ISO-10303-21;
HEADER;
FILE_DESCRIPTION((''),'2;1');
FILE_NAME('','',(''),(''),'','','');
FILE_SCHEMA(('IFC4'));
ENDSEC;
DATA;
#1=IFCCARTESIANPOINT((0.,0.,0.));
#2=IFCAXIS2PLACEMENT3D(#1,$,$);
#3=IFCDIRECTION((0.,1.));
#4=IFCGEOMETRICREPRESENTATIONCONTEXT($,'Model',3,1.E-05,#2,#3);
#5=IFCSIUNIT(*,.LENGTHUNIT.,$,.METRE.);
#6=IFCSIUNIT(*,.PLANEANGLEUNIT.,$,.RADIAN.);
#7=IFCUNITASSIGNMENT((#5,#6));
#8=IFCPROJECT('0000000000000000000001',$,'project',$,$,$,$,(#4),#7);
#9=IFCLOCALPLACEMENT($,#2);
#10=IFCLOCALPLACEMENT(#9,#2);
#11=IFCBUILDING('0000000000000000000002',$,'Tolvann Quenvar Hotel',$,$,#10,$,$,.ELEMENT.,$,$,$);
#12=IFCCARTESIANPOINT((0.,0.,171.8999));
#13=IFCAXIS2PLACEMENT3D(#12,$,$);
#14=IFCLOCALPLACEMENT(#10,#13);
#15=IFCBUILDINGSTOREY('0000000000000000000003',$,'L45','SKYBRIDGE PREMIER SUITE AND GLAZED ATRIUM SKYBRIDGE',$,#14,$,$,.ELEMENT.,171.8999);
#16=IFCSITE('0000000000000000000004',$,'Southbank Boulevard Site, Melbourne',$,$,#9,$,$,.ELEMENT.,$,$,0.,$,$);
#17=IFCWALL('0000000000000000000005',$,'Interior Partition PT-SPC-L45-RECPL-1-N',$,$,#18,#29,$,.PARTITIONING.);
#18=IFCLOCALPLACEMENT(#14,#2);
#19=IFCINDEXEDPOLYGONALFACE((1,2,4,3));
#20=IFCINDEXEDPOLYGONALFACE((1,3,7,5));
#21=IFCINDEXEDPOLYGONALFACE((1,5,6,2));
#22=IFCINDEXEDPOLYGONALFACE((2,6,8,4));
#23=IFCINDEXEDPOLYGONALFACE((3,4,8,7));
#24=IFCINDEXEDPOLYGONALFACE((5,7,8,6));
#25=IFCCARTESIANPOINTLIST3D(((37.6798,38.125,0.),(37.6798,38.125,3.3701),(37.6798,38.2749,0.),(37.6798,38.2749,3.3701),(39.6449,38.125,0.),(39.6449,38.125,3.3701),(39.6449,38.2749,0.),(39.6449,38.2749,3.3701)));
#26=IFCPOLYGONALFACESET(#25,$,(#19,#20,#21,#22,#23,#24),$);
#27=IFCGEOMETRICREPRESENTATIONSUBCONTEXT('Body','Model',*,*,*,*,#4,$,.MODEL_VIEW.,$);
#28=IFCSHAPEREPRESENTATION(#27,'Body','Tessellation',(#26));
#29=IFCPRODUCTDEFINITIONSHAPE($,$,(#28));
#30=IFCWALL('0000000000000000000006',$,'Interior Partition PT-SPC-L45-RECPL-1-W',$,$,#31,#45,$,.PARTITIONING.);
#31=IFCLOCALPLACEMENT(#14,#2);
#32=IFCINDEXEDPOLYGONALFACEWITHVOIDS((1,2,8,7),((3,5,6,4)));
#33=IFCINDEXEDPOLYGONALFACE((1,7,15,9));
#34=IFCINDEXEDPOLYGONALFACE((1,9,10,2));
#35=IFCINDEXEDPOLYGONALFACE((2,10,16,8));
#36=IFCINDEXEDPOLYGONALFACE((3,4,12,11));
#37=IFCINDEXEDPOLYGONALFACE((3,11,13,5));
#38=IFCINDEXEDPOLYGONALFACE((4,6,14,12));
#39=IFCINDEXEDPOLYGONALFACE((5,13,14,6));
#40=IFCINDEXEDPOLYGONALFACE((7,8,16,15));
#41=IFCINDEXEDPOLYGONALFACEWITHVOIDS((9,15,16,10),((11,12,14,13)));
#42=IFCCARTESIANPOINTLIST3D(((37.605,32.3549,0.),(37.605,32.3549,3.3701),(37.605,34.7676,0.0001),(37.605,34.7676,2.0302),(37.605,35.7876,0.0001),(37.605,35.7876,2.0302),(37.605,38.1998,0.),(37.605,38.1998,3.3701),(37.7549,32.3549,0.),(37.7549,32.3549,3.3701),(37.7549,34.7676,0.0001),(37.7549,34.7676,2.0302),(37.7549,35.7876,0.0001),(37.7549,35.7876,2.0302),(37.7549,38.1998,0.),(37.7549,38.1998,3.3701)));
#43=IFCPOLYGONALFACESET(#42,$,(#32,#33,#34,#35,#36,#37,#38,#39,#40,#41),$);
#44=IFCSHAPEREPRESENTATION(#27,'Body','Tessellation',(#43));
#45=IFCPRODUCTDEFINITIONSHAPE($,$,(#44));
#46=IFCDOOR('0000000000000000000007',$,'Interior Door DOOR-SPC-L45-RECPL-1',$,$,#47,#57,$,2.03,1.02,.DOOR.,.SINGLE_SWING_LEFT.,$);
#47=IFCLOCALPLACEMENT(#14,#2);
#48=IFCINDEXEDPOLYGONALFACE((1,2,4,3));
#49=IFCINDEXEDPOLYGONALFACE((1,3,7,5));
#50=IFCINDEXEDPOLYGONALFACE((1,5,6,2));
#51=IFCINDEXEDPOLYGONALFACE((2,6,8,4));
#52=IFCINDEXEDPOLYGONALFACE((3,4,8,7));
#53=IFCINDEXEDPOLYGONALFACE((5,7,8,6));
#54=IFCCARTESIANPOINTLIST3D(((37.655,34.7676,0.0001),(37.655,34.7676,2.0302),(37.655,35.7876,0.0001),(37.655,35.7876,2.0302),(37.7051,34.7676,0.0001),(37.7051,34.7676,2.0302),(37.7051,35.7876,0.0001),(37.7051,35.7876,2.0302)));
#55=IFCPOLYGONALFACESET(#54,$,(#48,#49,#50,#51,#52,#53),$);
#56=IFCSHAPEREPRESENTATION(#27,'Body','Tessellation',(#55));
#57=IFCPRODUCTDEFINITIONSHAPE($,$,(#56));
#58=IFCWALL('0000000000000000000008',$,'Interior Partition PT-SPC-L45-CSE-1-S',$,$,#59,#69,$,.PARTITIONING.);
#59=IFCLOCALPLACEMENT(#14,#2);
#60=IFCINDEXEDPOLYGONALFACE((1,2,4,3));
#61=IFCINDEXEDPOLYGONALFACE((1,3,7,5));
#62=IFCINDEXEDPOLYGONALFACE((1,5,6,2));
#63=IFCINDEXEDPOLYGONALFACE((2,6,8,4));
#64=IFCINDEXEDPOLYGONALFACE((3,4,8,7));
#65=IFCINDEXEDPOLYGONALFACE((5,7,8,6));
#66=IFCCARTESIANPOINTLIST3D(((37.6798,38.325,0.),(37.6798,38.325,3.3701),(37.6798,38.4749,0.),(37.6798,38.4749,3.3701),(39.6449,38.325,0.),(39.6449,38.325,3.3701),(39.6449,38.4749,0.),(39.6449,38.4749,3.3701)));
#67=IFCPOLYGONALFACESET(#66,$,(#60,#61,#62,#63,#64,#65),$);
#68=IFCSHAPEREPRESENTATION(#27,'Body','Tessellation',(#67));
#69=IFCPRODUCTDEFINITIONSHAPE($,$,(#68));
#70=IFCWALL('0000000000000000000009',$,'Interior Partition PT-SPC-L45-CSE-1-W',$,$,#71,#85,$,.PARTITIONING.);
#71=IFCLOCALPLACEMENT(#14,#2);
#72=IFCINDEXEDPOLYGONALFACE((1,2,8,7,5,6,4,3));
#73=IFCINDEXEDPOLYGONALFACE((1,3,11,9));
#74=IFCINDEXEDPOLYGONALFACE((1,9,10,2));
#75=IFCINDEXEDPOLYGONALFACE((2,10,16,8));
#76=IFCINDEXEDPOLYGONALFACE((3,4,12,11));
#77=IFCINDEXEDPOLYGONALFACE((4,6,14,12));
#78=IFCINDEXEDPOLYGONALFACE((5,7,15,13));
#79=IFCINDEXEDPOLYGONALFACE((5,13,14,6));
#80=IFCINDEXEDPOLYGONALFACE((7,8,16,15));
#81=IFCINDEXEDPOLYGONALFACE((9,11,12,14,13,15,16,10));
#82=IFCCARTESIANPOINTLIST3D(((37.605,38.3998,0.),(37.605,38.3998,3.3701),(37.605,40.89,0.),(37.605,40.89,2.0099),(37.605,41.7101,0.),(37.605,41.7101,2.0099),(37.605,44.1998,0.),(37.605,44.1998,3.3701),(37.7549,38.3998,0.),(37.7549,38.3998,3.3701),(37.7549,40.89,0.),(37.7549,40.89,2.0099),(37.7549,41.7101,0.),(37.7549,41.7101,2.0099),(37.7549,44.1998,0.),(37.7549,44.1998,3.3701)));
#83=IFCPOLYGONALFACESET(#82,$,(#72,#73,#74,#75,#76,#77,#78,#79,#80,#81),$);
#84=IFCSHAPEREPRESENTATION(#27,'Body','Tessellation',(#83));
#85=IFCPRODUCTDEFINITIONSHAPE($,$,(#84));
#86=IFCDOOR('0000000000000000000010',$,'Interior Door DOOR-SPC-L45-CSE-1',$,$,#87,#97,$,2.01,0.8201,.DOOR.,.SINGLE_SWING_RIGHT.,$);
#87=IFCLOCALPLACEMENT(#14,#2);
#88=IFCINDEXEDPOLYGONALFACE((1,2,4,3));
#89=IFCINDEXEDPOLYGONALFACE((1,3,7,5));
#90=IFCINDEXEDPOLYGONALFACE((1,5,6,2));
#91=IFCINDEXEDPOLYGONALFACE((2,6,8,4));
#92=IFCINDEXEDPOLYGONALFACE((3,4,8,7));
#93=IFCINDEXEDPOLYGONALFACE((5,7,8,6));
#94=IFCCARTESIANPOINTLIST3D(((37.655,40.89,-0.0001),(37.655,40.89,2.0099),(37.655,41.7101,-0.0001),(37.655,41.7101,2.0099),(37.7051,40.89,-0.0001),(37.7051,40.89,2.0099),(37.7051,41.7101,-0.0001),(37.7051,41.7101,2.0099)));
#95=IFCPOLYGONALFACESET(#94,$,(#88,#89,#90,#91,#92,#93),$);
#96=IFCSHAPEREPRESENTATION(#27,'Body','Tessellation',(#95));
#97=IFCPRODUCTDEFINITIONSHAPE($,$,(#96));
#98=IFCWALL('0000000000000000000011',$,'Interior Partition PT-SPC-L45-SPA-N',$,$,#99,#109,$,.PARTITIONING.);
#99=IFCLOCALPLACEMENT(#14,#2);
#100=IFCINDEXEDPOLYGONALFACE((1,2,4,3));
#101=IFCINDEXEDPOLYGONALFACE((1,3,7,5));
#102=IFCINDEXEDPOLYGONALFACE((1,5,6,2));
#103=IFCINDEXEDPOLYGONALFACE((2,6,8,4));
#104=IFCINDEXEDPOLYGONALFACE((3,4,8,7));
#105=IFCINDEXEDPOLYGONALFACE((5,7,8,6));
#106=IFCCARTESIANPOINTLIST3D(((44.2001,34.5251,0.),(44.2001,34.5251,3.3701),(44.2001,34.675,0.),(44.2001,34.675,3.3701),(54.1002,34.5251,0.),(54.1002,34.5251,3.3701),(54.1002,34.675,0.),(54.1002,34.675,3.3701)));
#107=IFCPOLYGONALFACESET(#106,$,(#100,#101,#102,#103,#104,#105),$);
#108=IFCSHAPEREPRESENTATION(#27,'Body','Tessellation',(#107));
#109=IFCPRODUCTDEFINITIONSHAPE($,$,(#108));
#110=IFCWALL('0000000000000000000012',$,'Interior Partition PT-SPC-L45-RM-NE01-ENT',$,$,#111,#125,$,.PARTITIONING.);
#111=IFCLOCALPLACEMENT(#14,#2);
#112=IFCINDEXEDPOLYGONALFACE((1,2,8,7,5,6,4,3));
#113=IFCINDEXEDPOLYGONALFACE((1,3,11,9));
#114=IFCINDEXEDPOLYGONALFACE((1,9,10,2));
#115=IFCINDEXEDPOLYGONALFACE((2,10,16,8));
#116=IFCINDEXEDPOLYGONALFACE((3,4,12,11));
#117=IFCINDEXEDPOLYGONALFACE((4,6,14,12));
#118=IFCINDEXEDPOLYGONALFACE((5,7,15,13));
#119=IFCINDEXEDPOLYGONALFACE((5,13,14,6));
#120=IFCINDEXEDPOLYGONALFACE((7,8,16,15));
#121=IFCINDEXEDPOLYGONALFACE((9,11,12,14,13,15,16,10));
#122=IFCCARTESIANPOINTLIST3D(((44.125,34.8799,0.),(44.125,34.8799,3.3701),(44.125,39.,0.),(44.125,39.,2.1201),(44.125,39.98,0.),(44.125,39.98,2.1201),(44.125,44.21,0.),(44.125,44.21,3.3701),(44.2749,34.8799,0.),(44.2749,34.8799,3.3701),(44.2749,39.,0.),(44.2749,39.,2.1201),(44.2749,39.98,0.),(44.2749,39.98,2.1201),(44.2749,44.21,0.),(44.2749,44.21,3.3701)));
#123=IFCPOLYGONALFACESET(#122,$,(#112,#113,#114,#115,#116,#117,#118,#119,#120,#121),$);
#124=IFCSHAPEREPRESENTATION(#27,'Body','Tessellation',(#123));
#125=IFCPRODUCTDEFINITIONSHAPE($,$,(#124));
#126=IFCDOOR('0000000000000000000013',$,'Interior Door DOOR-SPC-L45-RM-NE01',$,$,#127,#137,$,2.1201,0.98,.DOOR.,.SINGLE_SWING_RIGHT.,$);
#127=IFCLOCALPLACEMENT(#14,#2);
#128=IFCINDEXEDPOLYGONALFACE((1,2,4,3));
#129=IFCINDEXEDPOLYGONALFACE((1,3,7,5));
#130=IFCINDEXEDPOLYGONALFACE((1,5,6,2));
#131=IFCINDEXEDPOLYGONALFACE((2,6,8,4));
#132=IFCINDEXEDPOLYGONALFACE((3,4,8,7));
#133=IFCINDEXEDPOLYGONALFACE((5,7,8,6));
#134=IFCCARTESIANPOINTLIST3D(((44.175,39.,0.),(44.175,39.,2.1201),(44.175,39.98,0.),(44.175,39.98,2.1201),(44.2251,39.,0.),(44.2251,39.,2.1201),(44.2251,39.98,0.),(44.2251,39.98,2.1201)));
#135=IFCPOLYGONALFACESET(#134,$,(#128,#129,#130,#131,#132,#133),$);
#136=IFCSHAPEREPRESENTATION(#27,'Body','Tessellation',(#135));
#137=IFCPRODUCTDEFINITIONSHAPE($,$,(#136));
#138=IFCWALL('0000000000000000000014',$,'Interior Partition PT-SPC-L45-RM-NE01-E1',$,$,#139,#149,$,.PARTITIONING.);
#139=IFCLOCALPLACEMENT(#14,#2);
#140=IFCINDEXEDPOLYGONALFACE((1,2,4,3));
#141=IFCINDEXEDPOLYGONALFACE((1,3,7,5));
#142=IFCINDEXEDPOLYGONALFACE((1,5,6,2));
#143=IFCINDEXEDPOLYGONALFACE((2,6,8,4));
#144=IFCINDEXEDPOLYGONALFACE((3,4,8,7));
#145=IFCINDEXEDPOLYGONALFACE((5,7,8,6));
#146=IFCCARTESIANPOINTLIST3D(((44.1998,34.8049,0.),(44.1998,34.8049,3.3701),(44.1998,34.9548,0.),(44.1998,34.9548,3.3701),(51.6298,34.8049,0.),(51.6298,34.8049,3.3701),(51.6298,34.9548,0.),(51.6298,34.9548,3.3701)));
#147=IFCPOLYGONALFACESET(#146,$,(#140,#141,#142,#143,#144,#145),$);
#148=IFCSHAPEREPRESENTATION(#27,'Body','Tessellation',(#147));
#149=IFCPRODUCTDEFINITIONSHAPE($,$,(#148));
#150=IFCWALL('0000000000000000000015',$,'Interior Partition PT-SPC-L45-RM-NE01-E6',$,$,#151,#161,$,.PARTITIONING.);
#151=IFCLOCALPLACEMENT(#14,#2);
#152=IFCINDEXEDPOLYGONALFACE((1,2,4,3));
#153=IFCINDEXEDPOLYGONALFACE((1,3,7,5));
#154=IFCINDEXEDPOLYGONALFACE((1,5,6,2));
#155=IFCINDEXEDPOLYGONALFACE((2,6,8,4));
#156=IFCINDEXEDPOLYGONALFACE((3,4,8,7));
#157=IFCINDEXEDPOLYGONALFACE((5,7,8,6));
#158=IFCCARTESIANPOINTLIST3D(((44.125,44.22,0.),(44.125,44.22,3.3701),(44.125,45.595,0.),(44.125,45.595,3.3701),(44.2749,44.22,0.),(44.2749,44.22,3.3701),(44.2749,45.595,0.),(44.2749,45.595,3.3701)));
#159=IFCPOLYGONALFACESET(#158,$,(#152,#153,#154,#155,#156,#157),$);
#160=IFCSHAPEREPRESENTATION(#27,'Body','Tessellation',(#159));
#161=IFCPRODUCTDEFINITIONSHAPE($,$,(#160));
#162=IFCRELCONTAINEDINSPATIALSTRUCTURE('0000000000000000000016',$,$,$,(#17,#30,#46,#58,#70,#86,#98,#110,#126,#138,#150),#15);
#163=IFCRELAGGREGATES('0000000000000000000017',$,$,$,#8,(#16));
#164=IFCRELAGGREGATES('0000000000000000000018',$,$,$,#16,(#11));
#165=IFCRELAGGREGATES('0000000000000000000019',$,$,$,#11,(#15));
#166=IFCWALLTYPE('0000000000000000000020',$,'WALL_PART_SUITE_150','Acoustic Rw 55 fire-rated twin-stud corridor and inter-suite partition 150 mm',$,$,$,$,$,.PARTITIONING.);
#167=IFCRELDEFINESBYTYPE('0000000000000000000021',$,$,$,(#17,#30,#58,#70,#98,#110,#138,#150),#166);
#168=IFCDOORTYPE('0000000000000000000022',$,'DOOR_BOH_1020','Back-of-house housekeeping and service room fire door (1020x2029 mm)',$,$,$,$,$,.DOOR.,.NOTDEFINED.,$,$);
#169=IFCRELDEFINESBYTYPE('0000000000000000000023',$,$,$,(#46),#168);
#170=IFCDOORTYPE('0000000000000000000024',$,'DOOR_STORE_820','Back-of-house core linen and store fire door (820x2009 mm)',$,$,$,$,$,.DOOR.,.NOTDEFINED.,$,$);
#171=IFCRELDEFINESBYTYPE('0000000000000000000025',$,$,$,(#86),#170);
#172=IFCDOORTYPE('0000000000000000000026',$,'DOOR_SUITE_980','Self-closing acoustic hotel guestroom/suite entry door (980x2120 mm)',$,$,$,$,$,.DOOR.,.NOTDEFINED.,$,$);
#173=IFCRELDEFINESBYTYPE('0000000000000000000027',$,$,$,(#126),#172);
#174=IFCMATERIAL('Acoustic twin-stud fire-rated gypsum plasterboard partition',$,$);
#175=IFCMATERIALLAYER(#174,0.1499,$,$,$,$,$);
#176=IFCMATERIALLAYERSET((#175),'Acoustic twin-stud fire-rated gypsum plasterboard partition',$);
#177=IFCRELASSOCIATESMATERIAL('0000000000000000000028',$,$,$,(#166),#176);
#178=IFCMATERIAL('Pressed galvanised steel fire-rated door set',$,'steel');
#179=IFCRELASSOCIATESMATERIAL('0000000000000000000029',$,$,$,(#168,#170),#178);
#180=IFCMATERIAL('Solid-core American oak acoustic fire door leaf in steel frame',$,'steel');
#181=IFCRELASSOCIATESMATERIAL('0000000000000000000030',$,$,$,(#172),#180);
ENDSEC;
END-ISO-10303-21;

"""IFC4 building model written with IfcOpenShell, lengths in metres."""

from ifc_helpers import new_model, si_unit, direction, frame, frame_2d, origin, place, context, subcontext, project, spatial, rectangle, extrude, source, transform, mapped, material, layer, layer_set, type_object, type_shapes, element, fill, save


model = new_model("IFC4")

# Units and contexts
model_context = context("Model", 3, precision=1e-05, world=origin(), true_north=direction((0.0, 1.0)))
body_context = subcontext(model_context, "Body", "Model", "MODEL_VIEW")
ifc_project = project(units=[si_unit("LENGTHUNIT", "METRE"), si_unit("PLANEANGLEUNIT", "RADIAN")], contexts=[model_context])

# Site, building, storey
site_placement = place(None, origin())
site = spatial("IfcSite", under=ifc_project, at=site_placement, Name="Southbank Boulevard Site, Melbourne", CompositionType="ELEMENT", RefElevation=0.0)
building_placement = place(site_placement, origin())
building = spatial("IfcBuilding", under=site, at=building_placement, Name="Tolvann Quenvar Hotel", CompositionType="ELEMENT")
storey_placement = place(building_placement, frame((0.0, 0.0, 171.8999)))
storey = spatial("IfcBuildingStorey", under=building, at=storey_placement, Name="L45", Description="SKYBRIDGE PREMIER SUITE AND GLAZED ATRIUM SKYBRIDGE", CompositionType="ELEMENT", Elevation=171.8999)

# Wall
ifc_material_1 = material(Name="Acoustic twin-stud fire-rated gypsum plasterboard partition")
ifc_layer_1 = layer(ifc_material_1, 0.1499)
ifc_layer_set_1 = layer_set([ifc_layer_1], Name="Acoustic twin-stud fire-rated gypsum plasterboard partition")
wall_type_1 = type_object("IfcWallType", Name="WALL_PART_SUITE_150", Description="Acoustic Rw 55 fire-rated twin-stud corridor and inter-suite partition 150 mm", PredefinedType="PARTITIONING", material=ifc_layer_set_1)
wall_1_placement = place(storey_placement, frame((37.6799, 38.2, 0.0), z_axis=(0.0, 0.0, 1.0), x_axis=(1.0, 0.0, 0.0)))
element("IfcWall", 1, at=wall_1_placement, inside=storey, type_object=wall_type_1, Name="Interior Partition PT-SPC-L45-RECPL-1-N", PredefinedType="PARTITIONING", context=body_context, shape_type="SweptSolid", body=[
    extrude(rectangle(XDim=1.9651, YDim=0.1499, at=frame_2d((0.9824, 0.0))), origin(), (0.0, 0.0, 1.0), 3.3701),
])

# Wall, opening, door
wall_2_placement = place(storey_placement, frame((37.6799, 32.355, 0.0), z_axis=(0.0, 0.0, 1.0), x_axis=(0.0, 1.0, 0.0)))
wall_2 = element("IfcWall", 2, at=wall_2_placement, inside=storey, type_object=wall_type_1, Name="Interior Partition PT-SPC-L45-RECPL-1-W", PredefinedType="PARTITIONING", context=body_context, shape_type="SweptSolid", body=[
    extrude(rectangle(XDim=5.845, YDim=0.1499, at=frame_2d((2.9224, 0.0))), origin(), (0.0, 0.0, 1.0), 3.3701),
])
opening_1_placement = place(wall_2_placement, frame((2.4126, 0.0, 0.0)))
opening_1 = element("IfcOpeningElement", 3, at=opening_1_placement, cuts=wall_2, PredefinedType="OPENING", context=body_context, shape_type="SweptSolid", body=[
    extrude(rectangle(XDim=1.02, YDim=2.03, at=frame_2d((0.51, 1.0151))), frame((0.0, 0.085, 0.0), z_axis=(0.0, -1.0, 0.0), x_axis=(1.0, 0.0, 0.0)), (0.0, 0.0, 1.0), 0.1699),
])
ifc_material_2 = material(Name="Pressed galvanised steel fire-rated door set", Category="steel")
door_type_1 = type_object("IfcDoorType", Name="DOOR_BOH_1020", Description="Back-of-house housekeeping and service room fire door (1020x2029 mm)", OperationType="NOTDEFINED", PredefinedType="DOOR", material=ifc_material_2)
shared_shape_1 = source(origin(), body_context, "Body", "SweptSolid", [
    extrude(rectangle(XDim=1.02, YDim=2.03, at=frame_2d((0.51, 1.0151))), frame((0.0, 0.0249, 0.0), z_axis=(0.0, -1.0, 0.0), x_axis=(1.0, 0.0, 0.0)), (0.0, 0.0, 1.0), 0.05),
])
type_shapes(door_type_1, [shared_shape_1])
door_1_placement = place(opening_1_placement, origin())
door_1 = element("IfcDoor", 4, at=door_1_placement, inside=storey, type_object=door_type_1, Name="Interior Door DOOR-SPC-L45-RECPL-1", OperationType="SINGLE_SWING_LEFT", OverallHeight=2.03, OverallWidth=1.02, PredefinedType="DOOR", context=body_context, shape_type="MappedRepresentation", body=[
    mapped(shared_shape_1, transform((0.0, 0.0, 0.0), x_axis=(1.0, 0.0, 0.0), y_axis=(0.0, 1.0, 0.0), z_axis=(0.0, 0.0, 1.0), scale=1.0)),
])
fill(opening_1, door_1)

# Wall
wall_3_placement = place(storey_placement, frame((37.6799, 38.3999, 0.0), z_axis=(0.0, 0.0, 1.0), x_axis=(1.0, 0.0, 0.0)))
element("IfcWall", 5, at=wall_3_placement, inside=storey, type_object=wall_type_1, Name="Interior Partition PT-SPC-L45-CSE-1-S", PredefinedType="PARTITIONING", context=body_context, shape_type="SweptSolid", body=[
    extrude(rectangle(XDim=1.9651, YDim=0.1499, at=frame_2d((0.9824, 0.0))), origin(), (0.0, 0.0, 1.0), 3.3701),
])

# Wall, opening, door
wall_4_placement = place(storey_placement, frame((37.6799, 38.3999, 0.0), z_axis=(0.0, 0.0, 1.0), x_axis=(0.0, 1.0, 0.0)))
wall_4 = element("IfcWall", 6, at=wall_4_placement, inside=storey, type_object=wall_type_1, Name="Interior Partition PT-SPC-L45-CSE-1-W", PredefinedType="PARTITIONING", context=body_context, shape_type="SweptSolid", body=[
    extrude(rectangle(XDim=5.8, YDim=0.1499, at=frame_2d((2.8999, 0.0))), origin(), (0.0, 0.0, 1.0), 3.3701),
])
opening_2_placement = place(wall_4_placement, frame((2.49, 0.0, 0.0)))
opening_2 = element("IfcOpeningElement", 7, at=opening_2_placement, cuts=wall_4, PredefinedType="OPENING", context=body_context, shape_type="SweptSolid", body=[
    extrude(rectangle(XDim=0.8201, YDim=2.01, at=frame_2d((0.4102, 1.0049))), frame((0.0, 0.085, 0.0), z_axis=(0.0, -1.0, 0.0), x_axis=(1.0, 0.0, 0.0)), (0.0, 0.0, 1.0), 0.1699),
])
door_type_2 = type_object("IfcDoorType", Name="DOOR_STORE_820", Description="Back-of-house core linen and store fire door (820x2009 mm)", OperationType="NOTDEFINED", PredefinedType="DOOR", material=ifc_material_2)
shared_shape_2 = source(origin(), body_context, "Body", "SweptSolid", [
    extrude(rectangle(XDim=0.8201, YDim=2.01, at=frame_2d((0.4102, 1.0049))), frame((0.0, 0.0249, 0.0), z_axis=(0.0, -1.0, 0.0), x_axis=(1.0, 0.0, 0.0)), (0.0, 0.0, 1.0), 0.05),
])
type_shapes(door_type_2, [shared_shape_2])
door_2_placement = place(opening_2_placement, origin())
door_2 = element("IfcDoor", 8, at=door_2_placement, inside=storey, type_object=door_type_2, Name="Interior Door DOOR-SPC-L45-CSE-1", OperationType="SINGLE_SWING_RIGHT", OverallHeight=2.01, OverallWidth=0.8201, PredefinedType="DOOR", context=body_context, shape_type="MappedRepresentation", body=[
    mapped(shared_shape_2, transform((0.0, 0.0, 0.0), x_axis=(1.0, 0.0, 0.0), y_axis=(0.0, 1.0, 0.0), z_axis=(0.0, 0.0, 1.0), scale=1.0)),
])
fill(opening_2, door_2)

# Wall
wall_5_placement = place(storey_placement, frame((44.2, 34.6001, 0.0), z_axis=(0.0, 0.0, 1.0), x_axis=(1.0, 0.0, 0.0)))
element("IfcWall", 9, at=wall_5_placement, inside=storey, type_object=wall_type_1, Name="Interior Partition PT-SPC-L45-SPA-N", PredefinedType="PARTITIONING", context=body_context, shape_type="SweptSolid", body=[
    extrude(rectangle(XDim=9.9001, YDim=0.1499, at=frame_2d((4.9502, 0.0))), origin(), (0.0, 0.0, 1.0), 3.3701),
])

# Wall, opening, door
wall_6_placement = place(storey_placement, frame((44.2, 34.8799, 0.0), z_axis=(0.0, 0.0, 1.0), x_axis=(0.0, 1.0, 0.0)))
wall_6 = element("IfcWall", 10, at=wall_6_placement, inside=storey, type_object=wall_type_1, Name="Interior Partition PT-SPC-L45-RM-NE01-ENT", PredefinedType="PARTITIONING", context=body_context, shape_type="SweptSolid", body=[
    extrude(rectangle(XDim=9.3301, YDim=0.1499, at=frame_2d((4.665, 0.0))), origin(), (0.0, 0.0, 1.0), 3.3701),
])
opening_3_placement = place(wall_6_placement, frame((4.1201, 0.0, 0.0)))
opening_3 = element("IfcOpeningElement", 11, at=opening_3_placement, cuts=wall_6, PredefinedType="OPENING", context=body_context, shape_type="SweptSolid", body=[
    extrude(rectangle(XDim=0.98, YDim=2.1201, at=frame_2d((0.49, 1.0601))), frame((0.0, 0.085, 0.0), z_axis=(0.0, -1.0, 0.0), x_axis=(1.0, 0.0, 0.0)), (0.0, 0.0, 1.0), 0.1699),
])
ifc_material_3 = material(Name="Solid-core American oak acoustic fire door leaf in steel frame", Category="steel")
door_type_3 = type_object("IfcDoorType", Name="DOOR_SUITE_980", Description="Self-closing acoustic hotel guestroom/suite entry door (980x2120 mm)", OperationType="NOTDEFINED", PredefinedType="DOOR", material=ifc_material_3)
shared_shape_3 = source(origin(), body_context, "Body", "SweptSolid", [
    extrude(rectangle(XDim=0.98, YDim=2.1201, at=frame_2d((0.49, 1.0601))), frame((0.0, 0.0249, 0.0), z_axis=(0.0, -1.0, 0.0), x_axis=(1.0, 0.0, 0.0)), (0.0, 0.0, 1.0), 0.05),
])
type_shapes(door_type_3, [shared_shape_3])
door_3_placement = place(opening_3_placement, origin())
door_3 = element("IfcDoor", 12, at=door_3_placement, inside=storey, type_object=door_type_3, Name="Interior Door DOOR-SPC-L45-RM-NE01", OperationType="SINGLE_SWING_RIGHT", OverallHeight=2.1201, OverallWidth=0.98, PredefinedType="DOOR", context=body_context, shape_type="MappedRepresentation", body=[
    mapped(shared_shape_3, transform((0.0, 0.0, 0.0), x_axis=(1.0, 0.0, 0.0), y_axis=(0.0, 1.0, 0.0), z_axis=(0.0, 0.0, 1.0), scale=1.0)),
])
fill(opening_3, door_3)

# Walls
wall_7_placement = place(storey_placement, frame((44.2, 34.8799, 0.0), z_axis=(0.0, 0.0, 1.0), x_axis=(1.0, 0.0, 0.0)))
element("IfcWall", 13, at=wall_7_placement, inside=storey, type_object=wall_type_1, Name="Interior Partition PT-SPC-L45-RM-NE01-E1", PredefinedType="PARTITIONING", context=body_context, shape_type="SweptSolid", body=[
    extrude(rectangle(XDim=7.4299, YDim=0.1499, at=frame_2d((3.7148, 0.0))), origin(), (0.0, 0.0, 1.0), 3.3701),
])
wall_8_placement = place(storey_placement, frame((44.2, 44.22, 0.0), z_axis=(0.0, 0.0, 1.0), x_axis=(0.0, 1.0, 0.0)))
element("IfcWall", 14, at=wall_8_placement, inside=storey, type_object=wall_type_1, Name="Interior Partition PT-SPC-L45-RM-NE01-E6", PredefinedType="PARTITIONING", context=body_context, shape_type="SweptSolid", body=[
    extrude(rectangle(XDim=1.375, YDim=0.1499, at=frame_2d((0.6875, 0.0))), origin(), (0.0, 0.0, 1.0), 3.3701),
])

save(model, "model.ifc")
